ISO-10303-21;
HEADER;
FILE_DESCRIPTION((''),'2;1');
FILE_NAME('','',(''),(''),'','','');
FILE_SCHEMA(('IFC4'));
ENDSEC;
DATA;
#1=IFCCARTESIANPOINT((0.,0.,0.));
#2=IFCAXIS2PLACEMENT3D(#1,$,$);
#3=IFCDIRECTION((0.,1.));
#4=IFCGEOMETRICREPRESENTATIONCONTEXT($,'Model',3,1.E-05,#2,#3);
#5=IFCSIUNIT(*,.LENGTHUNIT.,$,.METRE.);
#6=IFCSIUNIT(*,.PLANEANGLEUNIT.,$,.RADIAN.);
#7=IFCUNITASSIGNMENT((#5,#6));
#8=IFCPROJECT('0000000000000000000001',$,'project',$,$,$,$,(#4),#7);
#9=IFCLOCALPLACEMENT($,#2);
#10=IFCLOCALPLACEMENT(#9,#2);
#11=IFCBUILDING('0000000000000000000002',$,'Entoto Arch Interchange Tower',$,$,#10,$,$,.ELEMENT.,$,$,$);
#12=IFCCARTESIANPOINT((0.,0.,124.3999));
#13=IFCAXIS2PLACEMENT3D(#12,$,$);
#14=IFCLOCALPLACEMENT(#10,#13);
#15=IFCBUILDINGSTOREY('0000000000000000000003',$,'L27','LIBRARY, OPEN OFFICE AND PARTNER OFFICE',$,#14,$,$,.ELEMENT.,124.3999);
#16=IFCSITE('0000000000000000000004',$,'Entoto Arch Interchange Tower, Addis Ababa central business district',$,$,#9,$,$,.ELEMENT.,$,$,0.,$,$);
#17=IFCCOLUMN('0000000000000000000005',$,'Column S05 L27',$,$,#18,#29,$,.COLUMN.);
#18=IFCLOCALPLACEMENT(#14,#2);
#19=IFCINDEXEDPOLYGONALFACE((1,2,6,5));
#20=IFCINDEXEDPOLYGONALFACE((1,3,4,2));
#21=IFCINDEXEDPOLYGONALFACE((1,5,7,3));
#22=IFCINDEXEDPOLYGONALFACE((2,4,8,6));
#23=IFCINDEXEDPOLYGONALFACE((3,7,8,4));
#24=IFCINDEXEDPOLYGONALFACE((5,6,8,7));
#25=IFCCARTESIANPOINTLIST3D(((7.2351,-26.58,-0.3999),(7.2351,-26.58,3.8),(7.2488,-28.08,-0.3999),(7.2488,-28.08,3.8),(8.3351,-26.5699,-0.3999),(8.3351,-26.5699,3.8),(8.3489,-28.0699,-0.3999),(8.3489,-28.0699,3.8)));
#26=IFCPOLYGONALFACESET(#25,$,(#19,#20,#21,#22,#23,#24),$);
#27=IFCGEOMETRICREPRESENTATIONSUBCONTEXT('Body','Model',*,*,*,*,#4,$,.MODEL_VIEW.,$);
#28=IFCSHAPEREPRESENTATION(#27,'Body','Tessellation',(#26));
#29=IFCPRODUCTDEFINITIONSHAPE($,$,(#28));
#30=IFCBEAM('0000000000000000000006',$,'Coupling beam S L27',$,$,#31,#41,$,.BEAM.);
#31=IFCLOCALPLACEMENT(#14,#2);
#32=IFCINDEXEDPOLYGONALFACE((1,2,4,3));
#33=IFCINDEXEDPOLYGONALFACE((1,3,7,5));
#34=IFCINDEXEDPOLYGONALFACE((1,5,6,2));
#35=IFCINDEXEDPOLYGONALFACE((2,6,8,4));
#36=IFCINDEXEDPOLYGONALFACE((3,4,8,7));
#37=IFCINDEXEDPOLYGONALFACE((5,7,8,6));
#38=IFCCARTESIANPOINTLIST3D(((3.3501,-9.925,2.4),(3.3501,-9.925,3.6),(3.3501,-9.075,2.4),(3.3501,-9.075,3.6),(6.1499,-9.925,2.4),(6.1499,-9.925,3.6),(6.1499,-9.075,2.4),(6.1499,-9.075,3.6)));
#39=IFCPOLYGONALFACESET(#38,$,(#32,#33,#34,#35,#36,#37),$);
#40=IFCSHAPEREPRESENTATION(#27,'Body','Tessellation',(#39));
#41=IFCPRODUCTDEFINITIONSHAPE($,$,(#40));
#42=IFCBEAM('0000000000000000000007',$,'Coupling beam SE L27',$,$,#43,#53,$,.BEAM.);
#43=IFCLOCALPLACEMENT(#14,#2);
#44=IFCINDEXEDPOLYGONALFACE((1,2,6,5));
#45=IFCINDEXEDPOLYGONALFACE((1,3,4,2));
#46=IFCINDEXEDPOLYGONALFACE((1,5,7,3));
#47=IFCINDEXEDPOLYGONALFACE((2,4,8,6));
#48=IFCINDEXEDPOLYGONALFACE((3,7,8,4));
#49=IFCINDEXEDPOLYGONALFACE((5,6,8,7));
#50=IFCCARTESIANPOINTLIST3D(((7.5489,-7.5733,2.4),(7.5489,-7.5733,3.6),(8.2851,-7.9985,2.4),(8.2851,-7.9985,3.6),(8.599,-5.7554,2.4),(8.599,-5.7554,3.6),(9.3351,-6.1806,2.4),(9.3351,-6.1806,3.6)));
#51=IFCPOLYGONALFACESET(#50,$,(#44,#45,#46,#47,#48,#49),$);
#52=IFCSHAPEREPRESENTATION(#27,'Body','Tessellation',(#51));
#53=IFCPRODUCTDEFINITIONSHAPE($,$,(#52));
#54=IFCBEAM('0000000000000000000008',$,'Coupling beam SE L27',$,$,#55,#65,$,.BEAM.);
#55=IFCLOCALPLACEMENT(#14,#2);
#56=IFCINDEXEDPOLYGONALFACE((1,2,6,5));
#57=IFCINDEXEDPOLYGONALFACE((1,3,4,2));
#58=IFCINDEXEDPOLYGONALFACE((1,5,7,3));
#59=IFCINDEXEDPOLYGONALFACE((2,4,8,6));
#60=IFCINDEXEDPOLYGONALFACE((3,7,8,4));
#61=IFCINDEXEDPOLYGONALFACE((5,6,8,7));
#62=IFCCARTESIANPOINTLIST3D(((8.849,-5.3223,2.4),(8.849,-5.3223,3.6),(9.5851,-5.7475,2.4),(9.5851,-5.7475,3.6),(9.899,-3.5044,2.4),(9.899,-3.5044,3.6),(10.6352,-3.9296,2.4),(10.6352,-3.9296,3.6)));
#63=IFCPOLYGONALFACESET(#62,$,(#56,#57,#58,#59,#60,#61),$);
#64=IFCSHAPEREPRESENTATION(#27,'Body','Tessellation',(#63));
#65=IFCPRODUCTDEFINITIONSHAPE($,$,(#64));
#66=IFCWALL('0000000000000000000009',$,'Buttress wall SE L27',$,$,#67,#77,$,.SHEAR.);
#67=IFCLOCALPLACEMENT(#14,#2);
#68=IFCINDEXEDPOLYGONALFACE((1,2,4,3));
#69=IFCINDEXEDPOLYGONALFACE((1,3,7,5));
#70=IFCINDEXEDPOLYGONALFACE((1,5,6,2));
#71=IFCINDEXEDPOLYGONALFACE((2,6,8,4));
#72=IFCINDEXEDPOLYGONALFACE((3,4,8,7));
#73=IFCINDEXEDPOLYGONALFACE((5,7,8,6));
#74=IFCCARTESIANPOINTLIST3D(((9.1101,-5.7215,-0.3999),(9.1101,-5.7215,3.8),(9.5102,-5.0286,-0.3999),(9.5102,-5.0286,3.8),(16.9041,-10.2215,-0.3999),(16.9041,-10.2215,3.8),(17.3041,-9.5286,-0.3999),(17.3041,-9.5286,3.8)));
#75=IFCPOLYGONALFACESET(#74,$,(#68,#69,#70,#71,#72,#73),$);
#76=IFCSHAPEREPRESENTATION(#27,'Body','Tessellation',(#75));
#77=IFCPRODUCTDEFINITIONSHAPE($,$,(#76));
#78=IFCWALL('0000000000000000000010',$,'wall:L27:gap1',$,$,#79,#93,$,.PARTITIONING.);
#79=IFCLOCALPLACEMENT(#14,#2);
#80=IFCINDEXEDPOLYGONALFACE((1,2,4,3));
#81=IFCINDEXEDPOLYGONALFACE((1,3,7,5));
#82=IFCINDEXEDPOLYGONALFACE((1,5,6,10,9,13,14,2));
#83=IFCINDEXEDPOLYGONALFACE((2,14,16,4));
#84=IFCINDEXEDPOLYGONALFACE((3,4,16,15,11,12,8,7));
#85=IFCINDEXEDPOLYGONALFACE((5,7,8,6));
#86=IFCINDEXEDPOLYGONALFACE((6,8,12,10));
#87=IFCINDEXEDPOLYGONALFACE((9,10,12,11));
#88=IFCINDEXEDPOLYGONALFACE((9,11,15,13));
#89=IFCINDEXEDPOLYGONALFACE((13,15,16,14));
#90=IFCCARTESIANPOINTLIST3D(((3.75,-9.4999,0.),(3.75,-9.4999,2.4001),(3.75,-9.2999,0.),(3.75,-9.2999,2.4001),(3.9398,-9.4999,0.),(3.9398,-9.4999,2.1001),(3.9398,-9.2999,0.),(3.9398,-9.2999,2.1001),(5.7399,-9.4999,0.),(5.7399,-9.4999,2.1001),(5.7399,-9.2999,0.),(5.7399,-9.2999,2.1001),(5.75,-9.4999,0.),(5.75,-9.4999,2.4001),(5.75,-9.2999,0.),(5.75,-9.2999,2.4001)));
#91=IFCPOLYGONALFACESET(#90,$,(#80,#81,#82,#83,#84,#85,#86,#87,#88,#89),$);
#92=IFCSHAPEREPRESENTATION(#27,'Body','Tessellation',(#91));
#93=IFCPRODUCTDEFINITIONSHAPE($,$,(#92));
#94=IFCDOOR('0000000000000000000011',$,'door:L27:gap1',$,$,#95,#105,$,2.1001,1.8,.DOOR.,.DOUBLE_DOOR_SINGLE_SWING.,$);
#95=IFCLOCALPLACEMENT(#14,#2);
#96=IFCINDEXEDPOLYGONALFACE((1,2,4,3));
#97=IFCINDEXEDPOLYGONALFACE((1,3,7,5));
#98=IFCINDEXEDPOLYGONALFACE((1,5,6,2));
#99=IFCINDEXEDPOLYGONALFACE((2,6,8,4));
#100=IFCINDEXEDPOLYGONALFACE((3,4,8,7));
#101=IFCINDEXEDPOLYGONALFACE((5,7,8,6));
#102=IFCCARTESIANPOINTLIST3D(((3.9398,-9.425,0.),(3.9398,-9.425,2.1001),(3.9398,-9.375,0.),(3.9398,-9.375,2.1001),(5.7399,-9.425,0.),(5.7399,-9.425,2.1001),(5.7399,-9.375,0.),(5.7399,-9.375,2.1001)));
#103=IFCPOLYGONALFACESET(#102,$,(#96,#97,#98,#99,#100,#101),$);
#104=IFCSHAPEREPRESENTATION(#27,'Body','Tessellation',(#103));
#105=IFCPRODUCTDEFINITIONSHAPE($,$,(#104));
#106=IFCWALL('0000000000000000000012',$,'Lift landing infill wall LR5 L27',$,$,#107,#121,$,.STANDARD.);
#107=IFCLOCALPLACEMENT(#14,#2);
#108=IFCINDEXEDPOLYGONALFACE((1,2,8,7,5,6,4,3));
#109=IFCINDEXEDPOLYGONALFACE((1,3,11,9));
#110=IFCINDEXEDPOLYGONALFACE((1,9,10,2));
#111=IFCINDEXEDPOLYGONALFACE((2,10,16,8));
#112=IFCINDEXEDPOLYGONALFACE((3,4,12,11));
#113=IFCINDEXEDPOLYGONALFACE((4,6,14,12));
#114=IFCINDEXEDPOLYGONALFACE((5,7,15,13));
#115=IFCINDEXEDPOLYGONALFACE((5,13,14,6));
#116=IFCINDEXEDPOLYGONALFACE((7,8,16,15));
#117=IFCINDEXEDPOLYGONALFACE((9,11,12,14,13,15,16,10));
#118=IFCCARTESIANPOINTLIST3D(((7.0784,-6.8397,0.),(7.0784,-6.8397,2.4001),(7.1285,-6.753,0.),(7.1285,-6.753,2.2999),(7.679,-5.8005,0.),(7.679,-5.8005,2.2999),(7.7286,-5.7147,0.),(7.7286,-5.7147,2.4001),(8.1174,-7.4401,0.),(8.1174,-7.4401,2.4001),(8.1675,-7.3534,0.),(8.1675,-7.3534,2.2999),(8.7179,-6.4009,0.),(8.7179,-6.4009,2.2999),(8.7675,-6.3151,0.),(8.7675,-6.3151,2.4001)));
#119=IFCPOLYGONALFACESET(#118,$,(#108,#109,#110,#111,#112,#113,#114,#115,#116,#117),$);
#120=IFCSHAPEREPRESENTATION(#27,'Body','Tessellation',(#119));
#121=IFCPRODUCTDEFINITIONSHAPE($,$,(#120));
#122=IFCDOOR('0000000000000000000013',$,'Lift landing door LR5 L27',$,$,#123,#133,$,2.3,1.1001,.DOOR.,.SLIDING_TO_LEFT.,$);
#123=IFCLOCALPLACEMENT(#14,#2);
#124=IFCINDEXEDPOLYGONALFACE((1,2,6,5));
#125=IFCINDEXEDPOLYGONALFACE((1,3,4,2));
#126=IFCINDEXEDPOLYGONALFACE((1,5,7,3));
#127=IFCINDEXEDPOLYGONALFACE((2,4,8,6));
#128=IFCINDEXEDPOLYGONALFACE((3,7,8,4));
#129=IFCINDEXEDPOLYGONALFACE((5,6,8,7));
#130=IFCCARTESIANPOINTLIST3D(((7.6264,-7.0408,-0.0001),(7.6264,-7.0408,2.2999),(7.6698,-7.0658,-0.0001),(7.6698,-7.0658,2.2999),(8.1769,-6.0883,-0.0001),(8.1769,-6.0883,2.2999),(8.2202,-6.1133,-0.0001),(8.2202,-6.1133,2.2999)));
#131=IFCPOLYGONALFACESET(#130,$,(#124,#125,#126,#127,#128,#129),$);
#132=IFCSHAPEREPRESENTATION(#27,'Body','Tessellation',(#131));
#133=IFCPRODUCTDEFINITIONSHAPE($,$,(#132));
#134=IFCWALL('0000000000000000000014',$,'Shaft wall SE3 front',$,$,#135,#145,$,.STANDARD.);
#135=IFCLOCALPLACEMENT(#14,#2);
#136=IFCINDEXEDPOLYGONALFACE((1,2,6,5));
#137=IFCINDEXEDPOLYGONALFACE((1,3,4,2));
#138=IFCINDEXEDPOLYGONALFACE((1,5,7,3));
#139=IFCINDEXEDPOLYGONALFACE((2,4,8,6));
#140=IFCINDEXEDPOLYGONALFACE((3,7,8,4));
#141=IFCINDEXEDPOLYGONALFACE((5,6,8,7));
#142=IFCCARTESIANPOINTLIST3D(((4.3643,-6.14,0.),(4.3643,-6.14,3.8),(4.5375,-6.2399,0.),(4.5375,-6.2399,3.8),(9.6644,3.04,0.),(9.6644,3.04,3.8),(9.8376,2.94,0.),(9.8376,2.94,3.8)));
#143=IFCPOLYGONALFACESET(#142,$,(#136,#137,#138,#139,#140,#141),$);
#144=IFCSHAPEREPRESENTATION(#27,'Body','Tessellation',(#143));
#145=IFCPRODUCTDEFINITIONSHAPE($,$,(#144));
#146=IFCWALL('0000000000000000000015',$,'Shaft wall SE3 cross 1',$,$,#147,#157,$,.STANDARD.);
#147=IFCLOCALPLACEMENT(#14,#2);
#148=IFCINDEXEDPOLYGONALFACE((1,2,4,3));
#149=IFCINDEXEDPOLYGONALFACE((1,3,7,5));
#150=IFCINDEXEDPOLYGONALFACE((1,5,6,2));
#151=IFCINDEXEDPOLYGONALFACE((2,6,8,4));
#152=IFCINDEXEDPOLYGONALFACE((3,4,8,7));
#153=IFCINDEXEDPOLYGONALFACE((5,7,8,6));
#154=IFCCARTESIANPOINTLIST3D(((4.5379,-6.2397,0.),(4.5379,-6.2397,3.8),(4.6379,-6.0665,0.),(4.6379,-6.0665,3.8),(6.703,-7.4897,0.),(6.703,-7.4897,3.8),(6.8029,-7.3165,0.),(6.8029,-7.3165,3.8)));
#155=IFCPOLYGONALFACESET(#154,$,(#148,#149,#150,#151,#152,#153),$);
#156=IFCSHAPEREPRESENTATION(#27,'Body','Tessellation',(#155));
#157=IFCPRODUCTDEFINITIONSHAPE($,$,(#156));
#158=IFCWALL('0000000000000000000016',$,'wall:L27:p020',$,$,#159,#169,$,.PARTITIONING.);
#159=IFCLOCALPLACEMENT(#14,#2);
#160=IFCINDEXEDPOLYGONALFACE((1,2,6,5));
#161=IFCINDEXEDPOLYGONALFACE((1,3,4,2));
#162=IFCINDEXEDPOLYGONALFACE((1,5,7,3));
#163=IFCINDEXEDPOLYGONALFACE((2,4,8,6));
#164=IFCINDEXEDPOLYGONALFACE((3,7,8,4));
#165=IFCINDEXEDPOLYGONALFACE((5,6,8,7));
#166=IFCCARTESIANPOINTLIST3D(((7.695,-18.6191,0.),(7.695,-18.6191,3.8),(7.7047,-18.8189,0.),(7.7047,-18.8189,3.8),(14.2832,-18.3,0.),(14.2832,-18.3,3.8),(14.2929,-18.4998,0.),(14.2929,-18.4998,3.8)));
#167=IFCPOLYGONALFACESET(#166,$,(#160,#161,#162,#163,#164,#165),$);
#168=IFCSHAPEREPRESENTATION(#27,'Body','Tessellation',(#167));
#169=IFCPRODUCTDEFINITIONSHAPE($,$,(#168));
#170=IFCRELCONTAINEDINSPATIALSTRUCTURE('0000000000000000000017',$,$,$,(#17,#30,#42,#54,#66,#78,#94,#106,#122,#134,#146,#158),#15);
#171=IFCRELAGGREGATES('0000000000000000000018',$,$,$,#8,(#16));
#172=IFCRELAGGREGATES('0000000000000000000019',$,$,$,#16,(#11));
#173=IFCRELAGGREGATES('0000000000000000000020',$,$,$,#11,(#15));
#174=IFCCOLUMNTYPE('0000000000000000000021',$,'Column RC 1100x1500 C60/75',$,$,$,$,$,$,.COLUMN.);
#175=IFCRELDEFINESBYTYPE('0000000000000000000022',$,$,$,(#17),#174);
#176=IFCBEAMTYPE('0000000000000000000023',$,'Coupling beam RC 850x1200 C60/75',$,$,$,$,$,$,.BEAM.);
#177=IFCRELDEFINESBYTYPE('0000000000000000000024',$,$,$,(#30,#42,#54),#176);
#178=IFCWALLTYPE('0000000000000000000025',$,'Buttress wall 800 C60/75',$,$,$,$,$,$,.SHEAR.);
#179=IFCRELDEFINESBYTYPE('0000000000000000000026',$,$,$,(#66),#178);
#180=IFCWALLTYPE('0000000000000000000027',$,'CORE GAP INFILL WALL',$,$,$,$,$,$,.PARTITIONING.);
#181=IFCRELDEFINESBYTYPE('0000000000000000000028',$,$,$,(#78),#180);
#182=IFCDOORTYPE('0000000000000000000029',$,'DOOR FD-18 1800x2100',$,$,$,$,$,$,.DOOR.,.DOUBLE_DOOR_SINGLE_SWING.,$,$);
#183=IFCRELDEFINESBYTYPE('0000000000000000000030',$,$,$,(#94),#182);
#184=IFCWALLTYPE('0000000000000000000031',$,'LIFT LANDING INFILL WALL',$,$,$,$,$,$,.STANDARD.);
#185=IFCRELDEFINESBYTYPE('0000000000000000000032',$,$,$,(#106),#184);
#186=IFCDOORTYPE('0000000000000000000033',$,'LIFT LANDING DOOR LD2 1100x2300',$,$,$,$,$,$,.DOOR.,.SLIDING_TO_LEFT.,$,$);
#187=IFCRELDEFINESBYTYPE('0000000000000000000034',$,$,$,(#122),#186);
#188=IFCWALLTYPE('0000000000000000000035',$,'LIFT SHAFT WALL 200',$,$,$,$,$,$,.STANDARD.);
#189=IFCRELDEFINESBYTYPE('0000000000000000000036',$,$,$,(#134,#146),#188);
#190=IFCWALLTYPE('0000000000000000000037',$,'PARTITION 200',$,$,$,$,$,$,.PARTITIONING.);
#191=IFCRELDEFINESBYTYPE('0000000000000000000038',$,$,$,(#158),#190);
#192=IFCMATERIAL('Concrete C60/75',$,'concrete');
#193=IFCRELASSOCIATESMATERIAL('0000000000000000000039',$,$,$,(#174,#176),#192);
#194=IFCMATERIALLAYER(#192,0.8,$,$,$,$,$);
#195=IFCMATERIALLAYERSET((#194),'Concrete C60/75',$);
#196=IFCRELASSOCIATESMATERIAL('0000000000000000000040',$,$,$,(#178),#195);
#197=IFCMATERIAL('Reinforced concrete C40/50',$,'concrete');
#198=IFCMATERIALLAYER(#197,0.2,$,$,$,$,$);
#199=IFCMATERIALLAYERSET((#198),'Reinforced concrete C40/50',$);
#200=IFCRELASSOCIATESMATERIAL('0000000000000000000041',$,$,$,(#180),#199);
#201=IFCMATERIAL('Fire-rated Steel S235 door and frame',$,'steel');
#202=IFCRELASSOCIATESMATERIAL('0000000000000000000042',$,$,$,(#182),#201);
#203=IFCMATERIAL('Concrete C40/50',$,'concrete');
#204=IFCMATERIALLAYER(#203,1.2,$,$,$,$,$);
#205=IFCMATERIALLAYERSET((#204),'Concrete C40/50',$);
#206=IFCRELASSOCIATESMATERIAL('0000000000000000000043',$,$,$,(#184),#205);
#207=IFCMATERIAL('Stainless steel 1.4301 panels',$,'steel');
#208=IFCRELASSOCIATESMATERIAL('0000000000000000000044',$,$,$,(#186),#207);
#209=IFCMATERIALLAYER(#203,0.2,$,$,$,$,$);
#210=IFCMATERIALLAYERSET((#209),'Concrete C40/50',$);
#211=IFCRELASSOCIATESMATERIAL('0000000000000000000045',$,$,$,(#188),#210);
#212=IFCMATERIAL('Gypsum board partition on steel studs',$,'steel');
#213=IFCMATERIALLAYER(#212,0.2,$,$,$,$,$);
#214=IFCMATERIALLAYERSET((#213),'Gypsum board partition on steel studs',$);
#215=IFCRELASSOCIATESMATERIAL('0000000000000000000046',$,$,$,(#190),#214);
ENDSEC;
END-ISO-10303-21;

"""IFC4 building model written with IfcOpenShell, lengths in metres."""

from ifc_helpers import new_model, si_unit, direction, frame, frame_2d, origin, origin_2d, place, context, subcontext, project, spatial, rectangle, extrude, material, layer, layer_set, material_profile, profile_set, type_object, element, fill, save


model = new_model("IFC4")

# Units and contexts
model_context = context("Model", 3, precision=1e-05, world=origin(), true_north=direction((0.0, 1.0)))
body_context = subcontext(model_context, "Body", "Model", "MODEL_VIEW")
ifc_project = project(units=[si_unit("LENGTHUNIT", "METRE"), si_unit("PLANEANGLEUNIT", "RADIAN")], contexts=[model_context])

# Site, building, storey
site_placement = place(None, origin())
site = spatial("IfcSite", under=ifc_project, at=site_placement, Name="Entoto Arch Interchange Tower, Addis Ababa central business district", CompositionType="ELEMENT", RefElevation=0.0)
building_placement = place(site_placement, origin())
building = spatial("IfcBuilding", under=site, at=building_placement, Name="Entoto Arch Interchange Tower", CompositionType="ELEMENT")
storey_placement = place(building_placement, frame((0.0, 0.0, 124.3999)))
storey = spatial("IfcBuildingStorey", under=building, at=storey_placement, Name="L27", Description="LIBRARY, OPEN OFFICE AND PARTNER OFFICE", CompositionType="ELEMENT", Elevation=124.3999)

# Column
ifc_material_1 = material(Name="Concrete C60/75", Category="concrete")
ifc_material_profile_1 = material_profile(ifc_material_1, rectangle(XDim=1.1001, YDim=1.5, at=origin_2d()))
ifc_profile_set_1 = profile_set([ifc_material_profile_1], Name="Concrete C60/75")
column_type = type_object("IfcColumnType", Name="Column RC 1100x1500 C60/75", PredefinedType="COLUMN", material=ifc_profile_set_1)
column_placement = place(storey_placement, frame((7.792, -27.325, -0.3999), z_axis=(0.0, 0.0, 1.0), x_axis=(0.999958, 0.009163, 0.0)))
element("IfcColumn", 1, at=column_placement, inside=storey, type_object=column_type, Name="Column S05 L27", PredefinedType="COLUMN", context=body_context, shape_type="SweptSolid", body=[
    extrude(rectangle(XDim=1.1001, YDim=1.5, at=origin_2d()), origin(), (0.0, 0.0, 1.0), 4.2),
])

# Beams
ifc_material_profile_2 = material_profile(ifc_material_1, rectangle(XDim=0.8501, YDim=1.2, at=origin_2d()))
ifc_profile_set_2 = profile_set([ifc_material_profile_2], Name="Concrete C60/75")
beam_type = type_object("IfcBeamType", Name="Coupling beam RC 850x1200 C60/75", PredefinedType="BEAM", material=ifc_profile_set_2)
beam_placement = place(storey_placement, frame((3.3501, -9.5, 3.0), z_axis=(1.0, 0.0, 0.0), x_axis=(0.0, 1.0, 0.0)))
element("IfcBeam", 2, at=beam_placement, inside=storey, type_object=beam_type, Name="Coupling beam S L27", PredefinedType="BEAM", context=body_context, shape_type="SweptSolid", body=[
    extrude(rectangle(XDim=0.8501, YDim=1.2, at=origin_2d()), origin(), (0.0, 0.0, 1.0), 2.7998),
])
for number, where, z_axis, x_axis, name in (
    (3, (7.917, -7.7859, 3.0), (0.500179, 0.865922, 0.0), (-0.865922, 0.500179, 0.0), "Coupling beam SE L27"),
    (4, (9.217, -5.5349, 3.0), (0.500179, 0.865922, 0.0), (-0.865922, 0.500179, 0.0), "Coupling beam SE L27"),
):
    element("IfcBeam", number, at=place(storey_placement, frame(where, z_axis=z_axis, x_axis=x_axis)), inside=storey, type_object=beam_type, Name=name, PredefinedType="BEAM", context=body_context, shape_type="SweptSolid", body=[
        extrude(rectangle(XDim=0.8501, YDim=1.2, at=origin_2d()), origin(), (0.0, 0.0, 1.0), 2.0994),
    ])

# Wall
ifc_layer_1 = layer(ifc_material_1, 0.8)
ifc_layer_set_1 = layer_set([ifc_layer_1], Name="Concrete C60/75")
wall_type_1 = type_object("IfcWallType", Name="Buttress wall 800 C60/75", PredefinedType="SHEAR", material=ifc_layer_set_1)
wall_1_placement = place(storey_placement, frame((9.3101, -5.375, -0.3999), z_axis=(0.0, 0.0, 1.0), x_axis=(0.866018, -0.500014, 0.0)))
element("IfcWall", 5, at=wall_1_placement, inside=storey, type_object=wall_type_1, Name="Buttress wall SE L27", PredefinedType="SHEAR", context=body_context, shape_type="SweptSolid", body=[
    extrude(rectangle(XDim=8.9998, YDim=0.8, at=frame_2d((4.5, 0.0))), origin(), (0.0, 0.0, 1.0), 4.2),
])

# Walls, openings, doors
ifc_material_2 = material(Name="Reinforced concrete C40/50", Category="concrete")
ifc_layer_2 = layer(ifc_material_2, 0.2)
ifc_layer_set_2 = layer_set([ifc_layer_2], Name="Reinforced concrete C40/50")
wall_type_2 = type_object("IfcWallType", Name="CORE GAP INFILL WALL", PredefinedType="PARTITIONING", material=ifc_layer_set_2)
wall_2_placement = place(storey_placement, frame((3.75, -9.3999, 0.0), z_axis=(0.0, 0.0, 1.0), x_axis=(1.0, 0.0, 0.0)))
wall_2 = element("IfcWall", 6, at=wall_2_placement, inside=storey, type_object=wall_type_2, Name="wall:L27:gap1", PredefinedType="PARTITIONING", context=body_context, shape_type="SweptSolid", body=[
    extrude(rectangle(XDim=2.0, YDim=0.2, at=frame_2d((1.0, 0.0))), origin(), (0.0, 0.0, 1.0), 2.4001),
])
opening_1_placement = place(wall_2_placement, frame((0.1899, 0.0, 0.0)))
opening_1 = element("IfcOpeningElement", 7, at=opening_1_placement, cuts=wall_2, PredefinedType="OPENING", context=body_context, shape_type="SweptSolid", body=[
    extrude(rectangle(XDim=1.8, YDim=2.1001, at=frame_2d((0.8999, 1.05))), frame((0.0, 0.1099, 0.0), z_axis=(0.0, -1.0, 0.0), x_axis=(1.0, 0.0, 0.0)), (0.0, 0.0, 1.0), 0.22),
])
ifc_material_3 = material(Name="Fire-rated Steel S235 door and frame", Category="steel")
door_type_1 = type_object("IfcDoorType", Name="DOOR FD-18 1800x2100", OperationType="DOUBLE_DOOR_SINGLE_SWING", PredefinedType="DOOR", material=ifc_material_3)
door_1_placement = place(opening_1_placement, origin())
door_1 = element("IfcDoor", 8, at=door_1_placement, inside=storey, type_object=door_type_1, Name="door:L27:gap1", OperationType="DOUBLE_DOOR_SINGLE_SWING", OverallHeight=2.1001, OverallWidth=1.8, PredefinedType="DOOR", context=body_context, shape_type="SweptSolid", body=[
    extrude(rectangle(XDim=1.8, YDim=2.1001, at=frame_2d((0.8999, 1.05))), frame((0.0, 0.0249, 0.0), z_axis=(0.0, -1.0, 0.0), x_axis=(1.0, 0.0, 0.0)), (0.0, 0.0, 1.0), 0.05),
])
fill(opening_1, door_1)
ifc_material_4 = material(Name="Concrete C40/50", Category="concrete")
ifc_layer_3 = layer(ifc_material_4, 1.2)
ifc_layer_set_3 = layer_set([ifc_layer_3], Name="Concrete C40/50")
wall_type_3 = type_object("IfcWallType", Name="LIFT LANDING INFILL WALL", PredefinedType="STANDARD", material=ifc_layer_set_3)
wall_3_placement = place(storey_placement, frame((7.5979, -7.1399, 0.0), z_axis=(0.0, 0.0, 1.0), x_axis=(0.500362, 0.865816, 0.0)))
wall_3 = element("IfcWall", 9, at=wall_3_placement, inside=storey, type_object=wall_type_3, Name="Lift landing infill wall LR5 L27", PredefinedType="STANDARD", context=body_context, shape_type="SweptSolid", body=[
    extrude(rectangle(XDim=1.2993, YDim=1.2, at=frame_2d((0.6497, 0.0))), origin(), (0.0, 0.0, 1.0), 2.4001),
])
opening_2_placement = place(wall_3_placement, frame((0.1001, 0.0, 0.0)))
opening_2 = element("IfcOpeningElement", 10, at=opening_2_placement, cuts=wall_3, PredefinedType="OPENING", context=body_context, shape_type="SweptSolid", body=[
    extrude(rectangle(XDim=1.1001, YDim=2.3, at=frame_2d((0.55, 1.1499))), frame((0.0, 0.6099, 0.0), z_axis=(0.0, -1.0, 0.0), x_axis=(1.0, 0.0, 0.0)), (0.0, 0.0, 1.0), 1.22),
])
ifc_material_5 = material(Name="Stainless steel 1.4301 panels", Category="steel")
door_type_2 = type_object("IfcDoorType", Name="LIFT LANDING DOOR LD2 1100x2300", OperationType="SLIDING_TO_LEFT", PredefinedType="DOOR", material=ifc_material_5)
door_2_placement = place(opening_2_placement, origin())
door_2 = element("IfcDoor", 11, at=door_2_placement, inside=storey, type_object=door_type_2, Name="Lift landing door LR5 L27", OperationType="SLIDING_TO_LEFT", OverallHeight=2.3, OverallWidth=1.1001, PredefinedType="DOOR", context=body_context, shape_type="SweptSolid", body=[
    extrude(rectangle(XDim=1.1001, YDim=2.3, at=frame_2d((0.55, 1.1499))), frame((0.0, 0.0249, 0.0), z_axis=(0.0, -1.0, 0.0), x_axis=(1.0, 0.0, 0.0)), (0.0, 0.0, 1.0), 0.05),
])
fill(opening_2, door_2)

# Walls
ifc_layer_4 = layer(ifc_material_4, 0.2)
ifc_layer_set_4 = layer_set([ifc_layer_4], Name="Concrete C40/50")
wall_type_4 = type_object("IfcWallType", Name="LIFT SHAFT WALL 200", PredefinedType="STANDARD", material=ifc_layer_set_4)
wall_4_placement = place(storey_placement, frame((4.4509, -6.1899, 0.0), z_axis=(0.0, 0.0, 1.0), x_axis=(0.500001, 0.866025, 0.0)))
element("IfcWall", 12, at=wall_4_placement, inside=storey, type_object=wall_type_4, Name="Shaft wall SE3 front", PredefinedType="STANDARD", context=body_context, shape_type="SweptSolid", body=[
    extrude(rectangle(XDim=10.6001, YDim=0.2, at=frame_2d((5.3, 0.0))), origin(), (0.0, 0.0, 1.0), 3.8),
])
wall_5_placement = place(storey_placement, frame((4.5879, -6.1531, 0.0), z_axis=(0.0, 0.0, 1.0), x_axis=(0.866023, -0.500004, 0.0)))
element("IfcWall", 13, at=wall_5_placement, inside=storey, type_object=wall_type_4, Name="Shaft wall SE3 cross 1", PredefinedType="STANDARD", context=body_context, shape_type="SweptSolid", body=[
    extrude(rectangle(XDim=2.5, YDim=0.2, at=frame_2d((1.25, 0.0))), origin(), (0.0, 0.0, 1.0), 3.8),
])
ifc_material_6 = material(Name="Gypsum board partition on steel studs", Category="steel")
ifc_layer_5 = layer(ifc_material_6, 0.2)
ifc_layer_set_5 = layer_set([ifc_layer_5], Name="Gypsum board partition on steel studs")
wall_type_5 = type_object("IfcWallType", Name="PARTITION 200", PredefinedType="PARTITIONING", material=ifc_layer_set_5)
wall_6_placement = place(storey_placement, frame((7.7, -18.719, 0.0), z_axis=(0.0, 0.0, 1.0), x_axis=(0.998829, 0.048378, 0.0)))
element("IfcWall", 14, at=wall_6_placement, inside=storey, type_object=wall_type_5, Name="wall:L27:p020", PredefinedType="PARTITIONING", context=body_context, shape_type="SweptSolid", body=[
    extrude(rectangle(XDim=6.5959, YDim=0.2, at=frame_2d((3.2979, 0.0))), origin(), (0.0, 0.0, 1.0), 3.8),
])

save(model, "model.ifc")
